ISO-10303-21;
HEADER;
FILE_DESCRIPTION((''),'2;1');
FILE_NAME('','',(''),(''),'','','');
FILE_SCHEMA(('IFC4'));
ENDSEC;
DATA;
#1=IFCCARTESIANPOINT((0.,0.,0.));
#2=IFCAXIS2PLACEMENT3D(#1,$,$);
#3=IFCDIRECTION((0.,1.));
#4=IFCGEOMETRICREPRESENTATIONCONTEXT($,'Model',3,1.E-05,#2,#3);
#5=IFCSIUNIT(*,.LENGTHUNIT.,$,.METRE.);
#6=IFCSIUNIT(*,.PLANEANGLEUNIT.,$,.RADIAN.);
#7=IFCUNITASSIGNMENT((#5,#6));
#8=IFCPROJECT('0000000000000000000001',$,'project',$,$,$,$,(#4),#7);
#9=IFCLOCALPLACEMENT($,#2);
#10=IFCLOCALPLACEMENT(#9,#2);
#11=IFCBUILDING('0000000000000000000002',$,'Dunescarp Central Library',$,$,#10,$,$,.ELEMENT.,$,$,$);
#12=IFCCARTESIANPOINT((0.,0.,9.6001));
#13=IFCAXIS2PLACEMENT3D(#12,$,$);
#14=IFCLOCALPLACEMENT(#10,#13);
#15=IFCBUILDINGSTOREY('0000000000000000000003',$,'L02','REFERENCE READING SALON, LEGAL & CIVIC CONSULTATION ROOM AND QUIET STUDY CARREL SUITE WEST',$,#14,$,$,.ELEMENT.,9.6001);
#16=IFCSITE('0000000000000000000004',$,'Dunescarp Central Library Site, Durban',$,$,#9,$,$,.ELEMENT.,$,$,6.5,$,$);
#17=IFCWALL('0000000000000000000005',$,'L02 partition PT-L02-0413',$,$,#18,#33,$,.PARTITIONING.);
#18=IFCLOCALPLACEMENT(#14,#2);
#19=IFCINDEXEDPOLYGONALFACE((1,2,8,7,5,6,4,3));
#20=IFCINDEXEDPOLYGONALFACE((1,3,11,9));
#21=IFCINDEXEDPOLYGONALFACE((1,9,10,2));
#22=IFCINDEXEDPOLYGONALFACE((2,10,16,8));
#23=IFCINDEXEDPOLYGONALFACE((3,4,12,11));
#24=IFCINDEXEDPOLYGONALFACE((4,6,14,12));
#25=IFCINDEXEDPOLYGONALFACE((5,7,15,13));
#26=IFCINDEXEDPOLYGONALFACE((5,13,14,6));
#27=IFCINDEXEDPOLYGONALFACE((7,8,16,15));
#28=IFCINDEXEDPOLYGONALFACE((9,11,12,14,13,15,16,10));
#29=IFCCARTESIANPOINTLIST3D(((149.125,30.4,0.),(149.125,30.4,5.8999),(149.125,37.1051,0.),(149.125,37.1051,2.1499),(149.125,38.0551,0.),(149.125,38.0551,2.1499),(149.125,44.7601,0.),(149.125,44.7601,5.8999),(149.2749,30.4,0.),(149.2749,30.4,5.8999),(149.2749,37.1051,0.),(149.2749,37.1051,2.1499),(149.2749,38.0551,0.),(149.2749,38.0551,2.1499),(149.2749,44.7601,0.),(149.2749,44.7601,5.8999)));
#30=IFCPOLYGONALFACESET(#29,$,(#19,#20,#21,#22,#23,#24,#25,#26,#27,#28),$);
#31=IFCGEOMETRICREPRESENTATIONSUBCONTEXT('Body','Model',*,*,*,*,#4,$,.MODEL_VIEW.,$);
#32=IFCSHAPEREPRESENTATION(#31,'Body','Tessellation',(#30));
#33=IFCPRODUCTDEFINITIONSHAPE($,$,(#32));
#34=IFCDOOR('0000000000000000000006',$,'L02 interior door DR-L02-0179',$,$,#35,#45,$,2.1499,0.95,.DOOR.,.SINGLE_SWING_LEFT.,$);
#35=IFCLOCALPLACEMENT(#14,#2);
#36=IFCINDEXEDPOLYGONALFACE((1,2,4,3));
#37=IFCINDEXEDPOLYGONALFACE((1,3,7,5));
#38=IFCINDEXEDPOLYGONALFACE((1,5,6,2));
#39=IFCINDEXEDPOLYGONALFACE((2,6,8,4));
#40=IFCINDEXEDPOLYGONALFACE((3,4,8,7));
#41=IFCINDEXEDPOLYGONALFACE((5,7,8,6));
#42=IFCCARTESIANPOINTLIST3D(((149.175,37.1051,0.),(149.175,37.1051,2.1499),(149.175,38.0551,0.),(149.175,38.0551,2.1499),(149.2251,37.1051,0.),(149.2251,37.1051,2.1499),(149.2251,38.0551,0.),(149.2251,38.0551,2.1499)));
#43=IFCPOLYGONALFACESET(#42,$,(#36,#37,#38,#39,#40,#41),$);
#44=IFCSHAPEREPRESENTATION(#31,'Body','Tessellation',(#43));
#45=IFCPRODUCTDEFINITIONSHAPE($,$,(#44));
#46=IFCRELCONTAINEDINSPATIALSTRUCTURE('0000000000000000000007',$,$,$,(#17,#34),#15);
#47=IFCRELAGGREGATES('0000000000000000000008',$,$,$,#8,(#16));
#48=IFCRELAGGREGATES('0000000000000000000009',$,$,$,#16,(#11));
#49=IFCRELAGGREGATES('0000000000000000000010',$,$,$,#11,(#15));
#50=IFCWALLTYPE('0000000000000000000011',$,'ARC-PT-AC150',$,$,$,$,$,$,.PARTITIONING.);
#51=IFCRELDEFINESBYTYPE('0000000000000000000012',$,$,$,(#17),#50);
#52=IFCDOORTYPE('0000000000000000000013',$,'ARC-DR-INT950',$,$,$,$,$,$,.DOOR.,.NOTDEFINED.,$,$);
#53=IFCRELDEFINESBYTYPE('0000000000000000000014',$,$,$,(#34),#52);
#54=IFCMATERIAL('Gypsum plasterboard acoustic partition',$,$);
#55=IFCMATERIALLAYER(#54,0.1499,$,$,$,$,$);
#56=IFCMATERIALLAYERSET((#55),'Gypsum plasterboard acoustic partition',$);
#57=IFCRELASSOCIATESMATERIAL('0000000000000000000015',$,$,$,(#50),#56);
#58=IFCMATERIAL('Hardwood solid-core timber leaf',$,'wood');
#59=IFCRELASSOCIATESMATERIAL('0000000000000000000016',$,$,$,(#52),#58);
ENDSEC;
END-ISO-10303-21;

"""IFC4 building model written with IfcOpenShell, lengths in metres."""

from ifc_helpers import new_model, si_unit, direction, frame, frame_2d, origin, place, context, subcontext, project, spatial, rectangle, extrude, material, layer, layer_set, type_object, element, fill, save


model = new_model("IFC4")

# Units and contexts
model_context = context("Model", 3, precision=1e-05, world=origin(), true_north=direction((0.0, 1.0)))
body_context = subcontext(model_context, "Body", "Model", "MODEL_VIEW")
ifc_project = project(units=[si_unit("LENGTHUNIT", "METRE"), si_unit("PLANEANGLEUNIT", "RADIAN")], contexts=[model_context])

# Site, building, storey
site_placement = place(None, origin())
site = spatial("IfcSite", under=ifc_project, at=site_placement, Name="Dunescarp Central Library Site, Durban", CompositionType="ELEMENT", RefElevation=6.5)
building_placement = place(site_placement, origin())
building = spatial("IfcBuilding", under=site, at=building_placement, Name="Dunescarp Central Library", CompositionType="ELEMENT")
storey_placement = place(building_placement, frame((0.0, 0.0, 9.6001)))
storey = spatial("IfcBuildingStorey", under=building, at=storey_placement, Name="L02", Description="REFERENCE READING SALON, LEGAL & CIVIC CONSULTATION ROOM AND QUIET STUDY CARREL SUITE WEST", CompositionType="ELEMENT", Elevation=9.6001)

# Shared definitions
ifc_material_1 = material(Name="Gypsum plasterboard acoustic partition")
ifc_layer = layer(ifc_material_1, 0.1499)
ifc_layer_set = layer_set([ifc_layer], Name="Gypsum plasterboard acoustic partition")
wall_type = type_object("IfcWallType", Name="ARC-PT-AC150", PredefinedType="PARTITIONING", material=ifc_layer_set)
ifc_material_2 = material(Name="Hardwood solid-core timber leaf", Category="wood")
door_type = type_object("IfcDoorType", Name="ARC-DR-INT950", OperationType="NOTDEFINED", PredefinedType="DOOR", material=ifc_material_2)

# Wall, opening, door
wall_1_placement = place(storey_placement, frame((149.2, 30.3999, 0.0), z_axis=(0.0, 0.0, 1.0), x_axis=(0.0, 1.0, 0.0)))
wall_1 = element("IfcWall", 1, at=wall_1_placement, inside=storey, type_object=wall_type, Name="L02 partition PT-L02-0413", PredefinedType="PARTITIONING", context=body_context, shape_type="SweptSolid", body=[
    extrude(rectangle(XDim=14.3601, YDim=0.1499, at=frame_2d((7.1802, 0.0))), origin(), (0.0, 0.0, 1.0), 5.8999),
])
opening_1_placement = place(wall_1_placement, frame((6.7051, 0.0, 0.0)))
opening_1 = element("IfcOpeningElement", 2, at=opening_1_placement, cuts=wall_1, PredefinedType="OPENING", context=body_context, shape_type="SweptSolid", body=[
    extrude(rectangle(XDim=0.95, YDim=2.1499, at=frame_2d((0.4751, 1.075))), frame((0.0, 0.085, 0.0), z_axis=(0.0, -1.0, 0.0), x_axis=(1.0, 0.0, 0.0)), (0.0, 0.0, 1.0), 0.1699),
])
door_1_placement = place(opening_1_placement, origin())
door_1 = element("IfcDoor", 3, at=door_1_placement, inside=storey, type_object=door_type, Name="L02 interior door DR-L02-0179", OperationType="SINGLE_SWING_LEFT", OverallHeight=2.1499, OverallWidth=0.95, PredefinedType="DOOR", context=body_context, shape_type="SweptSolid", body=[
    extrude(rectangle(XDim=0.95, YDim=2.1499, at=frame_2d((0.4751, 1.075))), frame((0.0, 0.0249, 0.0), z_axis=(0.0, -1.0, 0.0), x_axis=(1.0, 0.0, 0.0)), (0.0, 0.0, 1.0), 0.05),
])
fill(opening_1, door_1)

save(model, "model.ifc")
